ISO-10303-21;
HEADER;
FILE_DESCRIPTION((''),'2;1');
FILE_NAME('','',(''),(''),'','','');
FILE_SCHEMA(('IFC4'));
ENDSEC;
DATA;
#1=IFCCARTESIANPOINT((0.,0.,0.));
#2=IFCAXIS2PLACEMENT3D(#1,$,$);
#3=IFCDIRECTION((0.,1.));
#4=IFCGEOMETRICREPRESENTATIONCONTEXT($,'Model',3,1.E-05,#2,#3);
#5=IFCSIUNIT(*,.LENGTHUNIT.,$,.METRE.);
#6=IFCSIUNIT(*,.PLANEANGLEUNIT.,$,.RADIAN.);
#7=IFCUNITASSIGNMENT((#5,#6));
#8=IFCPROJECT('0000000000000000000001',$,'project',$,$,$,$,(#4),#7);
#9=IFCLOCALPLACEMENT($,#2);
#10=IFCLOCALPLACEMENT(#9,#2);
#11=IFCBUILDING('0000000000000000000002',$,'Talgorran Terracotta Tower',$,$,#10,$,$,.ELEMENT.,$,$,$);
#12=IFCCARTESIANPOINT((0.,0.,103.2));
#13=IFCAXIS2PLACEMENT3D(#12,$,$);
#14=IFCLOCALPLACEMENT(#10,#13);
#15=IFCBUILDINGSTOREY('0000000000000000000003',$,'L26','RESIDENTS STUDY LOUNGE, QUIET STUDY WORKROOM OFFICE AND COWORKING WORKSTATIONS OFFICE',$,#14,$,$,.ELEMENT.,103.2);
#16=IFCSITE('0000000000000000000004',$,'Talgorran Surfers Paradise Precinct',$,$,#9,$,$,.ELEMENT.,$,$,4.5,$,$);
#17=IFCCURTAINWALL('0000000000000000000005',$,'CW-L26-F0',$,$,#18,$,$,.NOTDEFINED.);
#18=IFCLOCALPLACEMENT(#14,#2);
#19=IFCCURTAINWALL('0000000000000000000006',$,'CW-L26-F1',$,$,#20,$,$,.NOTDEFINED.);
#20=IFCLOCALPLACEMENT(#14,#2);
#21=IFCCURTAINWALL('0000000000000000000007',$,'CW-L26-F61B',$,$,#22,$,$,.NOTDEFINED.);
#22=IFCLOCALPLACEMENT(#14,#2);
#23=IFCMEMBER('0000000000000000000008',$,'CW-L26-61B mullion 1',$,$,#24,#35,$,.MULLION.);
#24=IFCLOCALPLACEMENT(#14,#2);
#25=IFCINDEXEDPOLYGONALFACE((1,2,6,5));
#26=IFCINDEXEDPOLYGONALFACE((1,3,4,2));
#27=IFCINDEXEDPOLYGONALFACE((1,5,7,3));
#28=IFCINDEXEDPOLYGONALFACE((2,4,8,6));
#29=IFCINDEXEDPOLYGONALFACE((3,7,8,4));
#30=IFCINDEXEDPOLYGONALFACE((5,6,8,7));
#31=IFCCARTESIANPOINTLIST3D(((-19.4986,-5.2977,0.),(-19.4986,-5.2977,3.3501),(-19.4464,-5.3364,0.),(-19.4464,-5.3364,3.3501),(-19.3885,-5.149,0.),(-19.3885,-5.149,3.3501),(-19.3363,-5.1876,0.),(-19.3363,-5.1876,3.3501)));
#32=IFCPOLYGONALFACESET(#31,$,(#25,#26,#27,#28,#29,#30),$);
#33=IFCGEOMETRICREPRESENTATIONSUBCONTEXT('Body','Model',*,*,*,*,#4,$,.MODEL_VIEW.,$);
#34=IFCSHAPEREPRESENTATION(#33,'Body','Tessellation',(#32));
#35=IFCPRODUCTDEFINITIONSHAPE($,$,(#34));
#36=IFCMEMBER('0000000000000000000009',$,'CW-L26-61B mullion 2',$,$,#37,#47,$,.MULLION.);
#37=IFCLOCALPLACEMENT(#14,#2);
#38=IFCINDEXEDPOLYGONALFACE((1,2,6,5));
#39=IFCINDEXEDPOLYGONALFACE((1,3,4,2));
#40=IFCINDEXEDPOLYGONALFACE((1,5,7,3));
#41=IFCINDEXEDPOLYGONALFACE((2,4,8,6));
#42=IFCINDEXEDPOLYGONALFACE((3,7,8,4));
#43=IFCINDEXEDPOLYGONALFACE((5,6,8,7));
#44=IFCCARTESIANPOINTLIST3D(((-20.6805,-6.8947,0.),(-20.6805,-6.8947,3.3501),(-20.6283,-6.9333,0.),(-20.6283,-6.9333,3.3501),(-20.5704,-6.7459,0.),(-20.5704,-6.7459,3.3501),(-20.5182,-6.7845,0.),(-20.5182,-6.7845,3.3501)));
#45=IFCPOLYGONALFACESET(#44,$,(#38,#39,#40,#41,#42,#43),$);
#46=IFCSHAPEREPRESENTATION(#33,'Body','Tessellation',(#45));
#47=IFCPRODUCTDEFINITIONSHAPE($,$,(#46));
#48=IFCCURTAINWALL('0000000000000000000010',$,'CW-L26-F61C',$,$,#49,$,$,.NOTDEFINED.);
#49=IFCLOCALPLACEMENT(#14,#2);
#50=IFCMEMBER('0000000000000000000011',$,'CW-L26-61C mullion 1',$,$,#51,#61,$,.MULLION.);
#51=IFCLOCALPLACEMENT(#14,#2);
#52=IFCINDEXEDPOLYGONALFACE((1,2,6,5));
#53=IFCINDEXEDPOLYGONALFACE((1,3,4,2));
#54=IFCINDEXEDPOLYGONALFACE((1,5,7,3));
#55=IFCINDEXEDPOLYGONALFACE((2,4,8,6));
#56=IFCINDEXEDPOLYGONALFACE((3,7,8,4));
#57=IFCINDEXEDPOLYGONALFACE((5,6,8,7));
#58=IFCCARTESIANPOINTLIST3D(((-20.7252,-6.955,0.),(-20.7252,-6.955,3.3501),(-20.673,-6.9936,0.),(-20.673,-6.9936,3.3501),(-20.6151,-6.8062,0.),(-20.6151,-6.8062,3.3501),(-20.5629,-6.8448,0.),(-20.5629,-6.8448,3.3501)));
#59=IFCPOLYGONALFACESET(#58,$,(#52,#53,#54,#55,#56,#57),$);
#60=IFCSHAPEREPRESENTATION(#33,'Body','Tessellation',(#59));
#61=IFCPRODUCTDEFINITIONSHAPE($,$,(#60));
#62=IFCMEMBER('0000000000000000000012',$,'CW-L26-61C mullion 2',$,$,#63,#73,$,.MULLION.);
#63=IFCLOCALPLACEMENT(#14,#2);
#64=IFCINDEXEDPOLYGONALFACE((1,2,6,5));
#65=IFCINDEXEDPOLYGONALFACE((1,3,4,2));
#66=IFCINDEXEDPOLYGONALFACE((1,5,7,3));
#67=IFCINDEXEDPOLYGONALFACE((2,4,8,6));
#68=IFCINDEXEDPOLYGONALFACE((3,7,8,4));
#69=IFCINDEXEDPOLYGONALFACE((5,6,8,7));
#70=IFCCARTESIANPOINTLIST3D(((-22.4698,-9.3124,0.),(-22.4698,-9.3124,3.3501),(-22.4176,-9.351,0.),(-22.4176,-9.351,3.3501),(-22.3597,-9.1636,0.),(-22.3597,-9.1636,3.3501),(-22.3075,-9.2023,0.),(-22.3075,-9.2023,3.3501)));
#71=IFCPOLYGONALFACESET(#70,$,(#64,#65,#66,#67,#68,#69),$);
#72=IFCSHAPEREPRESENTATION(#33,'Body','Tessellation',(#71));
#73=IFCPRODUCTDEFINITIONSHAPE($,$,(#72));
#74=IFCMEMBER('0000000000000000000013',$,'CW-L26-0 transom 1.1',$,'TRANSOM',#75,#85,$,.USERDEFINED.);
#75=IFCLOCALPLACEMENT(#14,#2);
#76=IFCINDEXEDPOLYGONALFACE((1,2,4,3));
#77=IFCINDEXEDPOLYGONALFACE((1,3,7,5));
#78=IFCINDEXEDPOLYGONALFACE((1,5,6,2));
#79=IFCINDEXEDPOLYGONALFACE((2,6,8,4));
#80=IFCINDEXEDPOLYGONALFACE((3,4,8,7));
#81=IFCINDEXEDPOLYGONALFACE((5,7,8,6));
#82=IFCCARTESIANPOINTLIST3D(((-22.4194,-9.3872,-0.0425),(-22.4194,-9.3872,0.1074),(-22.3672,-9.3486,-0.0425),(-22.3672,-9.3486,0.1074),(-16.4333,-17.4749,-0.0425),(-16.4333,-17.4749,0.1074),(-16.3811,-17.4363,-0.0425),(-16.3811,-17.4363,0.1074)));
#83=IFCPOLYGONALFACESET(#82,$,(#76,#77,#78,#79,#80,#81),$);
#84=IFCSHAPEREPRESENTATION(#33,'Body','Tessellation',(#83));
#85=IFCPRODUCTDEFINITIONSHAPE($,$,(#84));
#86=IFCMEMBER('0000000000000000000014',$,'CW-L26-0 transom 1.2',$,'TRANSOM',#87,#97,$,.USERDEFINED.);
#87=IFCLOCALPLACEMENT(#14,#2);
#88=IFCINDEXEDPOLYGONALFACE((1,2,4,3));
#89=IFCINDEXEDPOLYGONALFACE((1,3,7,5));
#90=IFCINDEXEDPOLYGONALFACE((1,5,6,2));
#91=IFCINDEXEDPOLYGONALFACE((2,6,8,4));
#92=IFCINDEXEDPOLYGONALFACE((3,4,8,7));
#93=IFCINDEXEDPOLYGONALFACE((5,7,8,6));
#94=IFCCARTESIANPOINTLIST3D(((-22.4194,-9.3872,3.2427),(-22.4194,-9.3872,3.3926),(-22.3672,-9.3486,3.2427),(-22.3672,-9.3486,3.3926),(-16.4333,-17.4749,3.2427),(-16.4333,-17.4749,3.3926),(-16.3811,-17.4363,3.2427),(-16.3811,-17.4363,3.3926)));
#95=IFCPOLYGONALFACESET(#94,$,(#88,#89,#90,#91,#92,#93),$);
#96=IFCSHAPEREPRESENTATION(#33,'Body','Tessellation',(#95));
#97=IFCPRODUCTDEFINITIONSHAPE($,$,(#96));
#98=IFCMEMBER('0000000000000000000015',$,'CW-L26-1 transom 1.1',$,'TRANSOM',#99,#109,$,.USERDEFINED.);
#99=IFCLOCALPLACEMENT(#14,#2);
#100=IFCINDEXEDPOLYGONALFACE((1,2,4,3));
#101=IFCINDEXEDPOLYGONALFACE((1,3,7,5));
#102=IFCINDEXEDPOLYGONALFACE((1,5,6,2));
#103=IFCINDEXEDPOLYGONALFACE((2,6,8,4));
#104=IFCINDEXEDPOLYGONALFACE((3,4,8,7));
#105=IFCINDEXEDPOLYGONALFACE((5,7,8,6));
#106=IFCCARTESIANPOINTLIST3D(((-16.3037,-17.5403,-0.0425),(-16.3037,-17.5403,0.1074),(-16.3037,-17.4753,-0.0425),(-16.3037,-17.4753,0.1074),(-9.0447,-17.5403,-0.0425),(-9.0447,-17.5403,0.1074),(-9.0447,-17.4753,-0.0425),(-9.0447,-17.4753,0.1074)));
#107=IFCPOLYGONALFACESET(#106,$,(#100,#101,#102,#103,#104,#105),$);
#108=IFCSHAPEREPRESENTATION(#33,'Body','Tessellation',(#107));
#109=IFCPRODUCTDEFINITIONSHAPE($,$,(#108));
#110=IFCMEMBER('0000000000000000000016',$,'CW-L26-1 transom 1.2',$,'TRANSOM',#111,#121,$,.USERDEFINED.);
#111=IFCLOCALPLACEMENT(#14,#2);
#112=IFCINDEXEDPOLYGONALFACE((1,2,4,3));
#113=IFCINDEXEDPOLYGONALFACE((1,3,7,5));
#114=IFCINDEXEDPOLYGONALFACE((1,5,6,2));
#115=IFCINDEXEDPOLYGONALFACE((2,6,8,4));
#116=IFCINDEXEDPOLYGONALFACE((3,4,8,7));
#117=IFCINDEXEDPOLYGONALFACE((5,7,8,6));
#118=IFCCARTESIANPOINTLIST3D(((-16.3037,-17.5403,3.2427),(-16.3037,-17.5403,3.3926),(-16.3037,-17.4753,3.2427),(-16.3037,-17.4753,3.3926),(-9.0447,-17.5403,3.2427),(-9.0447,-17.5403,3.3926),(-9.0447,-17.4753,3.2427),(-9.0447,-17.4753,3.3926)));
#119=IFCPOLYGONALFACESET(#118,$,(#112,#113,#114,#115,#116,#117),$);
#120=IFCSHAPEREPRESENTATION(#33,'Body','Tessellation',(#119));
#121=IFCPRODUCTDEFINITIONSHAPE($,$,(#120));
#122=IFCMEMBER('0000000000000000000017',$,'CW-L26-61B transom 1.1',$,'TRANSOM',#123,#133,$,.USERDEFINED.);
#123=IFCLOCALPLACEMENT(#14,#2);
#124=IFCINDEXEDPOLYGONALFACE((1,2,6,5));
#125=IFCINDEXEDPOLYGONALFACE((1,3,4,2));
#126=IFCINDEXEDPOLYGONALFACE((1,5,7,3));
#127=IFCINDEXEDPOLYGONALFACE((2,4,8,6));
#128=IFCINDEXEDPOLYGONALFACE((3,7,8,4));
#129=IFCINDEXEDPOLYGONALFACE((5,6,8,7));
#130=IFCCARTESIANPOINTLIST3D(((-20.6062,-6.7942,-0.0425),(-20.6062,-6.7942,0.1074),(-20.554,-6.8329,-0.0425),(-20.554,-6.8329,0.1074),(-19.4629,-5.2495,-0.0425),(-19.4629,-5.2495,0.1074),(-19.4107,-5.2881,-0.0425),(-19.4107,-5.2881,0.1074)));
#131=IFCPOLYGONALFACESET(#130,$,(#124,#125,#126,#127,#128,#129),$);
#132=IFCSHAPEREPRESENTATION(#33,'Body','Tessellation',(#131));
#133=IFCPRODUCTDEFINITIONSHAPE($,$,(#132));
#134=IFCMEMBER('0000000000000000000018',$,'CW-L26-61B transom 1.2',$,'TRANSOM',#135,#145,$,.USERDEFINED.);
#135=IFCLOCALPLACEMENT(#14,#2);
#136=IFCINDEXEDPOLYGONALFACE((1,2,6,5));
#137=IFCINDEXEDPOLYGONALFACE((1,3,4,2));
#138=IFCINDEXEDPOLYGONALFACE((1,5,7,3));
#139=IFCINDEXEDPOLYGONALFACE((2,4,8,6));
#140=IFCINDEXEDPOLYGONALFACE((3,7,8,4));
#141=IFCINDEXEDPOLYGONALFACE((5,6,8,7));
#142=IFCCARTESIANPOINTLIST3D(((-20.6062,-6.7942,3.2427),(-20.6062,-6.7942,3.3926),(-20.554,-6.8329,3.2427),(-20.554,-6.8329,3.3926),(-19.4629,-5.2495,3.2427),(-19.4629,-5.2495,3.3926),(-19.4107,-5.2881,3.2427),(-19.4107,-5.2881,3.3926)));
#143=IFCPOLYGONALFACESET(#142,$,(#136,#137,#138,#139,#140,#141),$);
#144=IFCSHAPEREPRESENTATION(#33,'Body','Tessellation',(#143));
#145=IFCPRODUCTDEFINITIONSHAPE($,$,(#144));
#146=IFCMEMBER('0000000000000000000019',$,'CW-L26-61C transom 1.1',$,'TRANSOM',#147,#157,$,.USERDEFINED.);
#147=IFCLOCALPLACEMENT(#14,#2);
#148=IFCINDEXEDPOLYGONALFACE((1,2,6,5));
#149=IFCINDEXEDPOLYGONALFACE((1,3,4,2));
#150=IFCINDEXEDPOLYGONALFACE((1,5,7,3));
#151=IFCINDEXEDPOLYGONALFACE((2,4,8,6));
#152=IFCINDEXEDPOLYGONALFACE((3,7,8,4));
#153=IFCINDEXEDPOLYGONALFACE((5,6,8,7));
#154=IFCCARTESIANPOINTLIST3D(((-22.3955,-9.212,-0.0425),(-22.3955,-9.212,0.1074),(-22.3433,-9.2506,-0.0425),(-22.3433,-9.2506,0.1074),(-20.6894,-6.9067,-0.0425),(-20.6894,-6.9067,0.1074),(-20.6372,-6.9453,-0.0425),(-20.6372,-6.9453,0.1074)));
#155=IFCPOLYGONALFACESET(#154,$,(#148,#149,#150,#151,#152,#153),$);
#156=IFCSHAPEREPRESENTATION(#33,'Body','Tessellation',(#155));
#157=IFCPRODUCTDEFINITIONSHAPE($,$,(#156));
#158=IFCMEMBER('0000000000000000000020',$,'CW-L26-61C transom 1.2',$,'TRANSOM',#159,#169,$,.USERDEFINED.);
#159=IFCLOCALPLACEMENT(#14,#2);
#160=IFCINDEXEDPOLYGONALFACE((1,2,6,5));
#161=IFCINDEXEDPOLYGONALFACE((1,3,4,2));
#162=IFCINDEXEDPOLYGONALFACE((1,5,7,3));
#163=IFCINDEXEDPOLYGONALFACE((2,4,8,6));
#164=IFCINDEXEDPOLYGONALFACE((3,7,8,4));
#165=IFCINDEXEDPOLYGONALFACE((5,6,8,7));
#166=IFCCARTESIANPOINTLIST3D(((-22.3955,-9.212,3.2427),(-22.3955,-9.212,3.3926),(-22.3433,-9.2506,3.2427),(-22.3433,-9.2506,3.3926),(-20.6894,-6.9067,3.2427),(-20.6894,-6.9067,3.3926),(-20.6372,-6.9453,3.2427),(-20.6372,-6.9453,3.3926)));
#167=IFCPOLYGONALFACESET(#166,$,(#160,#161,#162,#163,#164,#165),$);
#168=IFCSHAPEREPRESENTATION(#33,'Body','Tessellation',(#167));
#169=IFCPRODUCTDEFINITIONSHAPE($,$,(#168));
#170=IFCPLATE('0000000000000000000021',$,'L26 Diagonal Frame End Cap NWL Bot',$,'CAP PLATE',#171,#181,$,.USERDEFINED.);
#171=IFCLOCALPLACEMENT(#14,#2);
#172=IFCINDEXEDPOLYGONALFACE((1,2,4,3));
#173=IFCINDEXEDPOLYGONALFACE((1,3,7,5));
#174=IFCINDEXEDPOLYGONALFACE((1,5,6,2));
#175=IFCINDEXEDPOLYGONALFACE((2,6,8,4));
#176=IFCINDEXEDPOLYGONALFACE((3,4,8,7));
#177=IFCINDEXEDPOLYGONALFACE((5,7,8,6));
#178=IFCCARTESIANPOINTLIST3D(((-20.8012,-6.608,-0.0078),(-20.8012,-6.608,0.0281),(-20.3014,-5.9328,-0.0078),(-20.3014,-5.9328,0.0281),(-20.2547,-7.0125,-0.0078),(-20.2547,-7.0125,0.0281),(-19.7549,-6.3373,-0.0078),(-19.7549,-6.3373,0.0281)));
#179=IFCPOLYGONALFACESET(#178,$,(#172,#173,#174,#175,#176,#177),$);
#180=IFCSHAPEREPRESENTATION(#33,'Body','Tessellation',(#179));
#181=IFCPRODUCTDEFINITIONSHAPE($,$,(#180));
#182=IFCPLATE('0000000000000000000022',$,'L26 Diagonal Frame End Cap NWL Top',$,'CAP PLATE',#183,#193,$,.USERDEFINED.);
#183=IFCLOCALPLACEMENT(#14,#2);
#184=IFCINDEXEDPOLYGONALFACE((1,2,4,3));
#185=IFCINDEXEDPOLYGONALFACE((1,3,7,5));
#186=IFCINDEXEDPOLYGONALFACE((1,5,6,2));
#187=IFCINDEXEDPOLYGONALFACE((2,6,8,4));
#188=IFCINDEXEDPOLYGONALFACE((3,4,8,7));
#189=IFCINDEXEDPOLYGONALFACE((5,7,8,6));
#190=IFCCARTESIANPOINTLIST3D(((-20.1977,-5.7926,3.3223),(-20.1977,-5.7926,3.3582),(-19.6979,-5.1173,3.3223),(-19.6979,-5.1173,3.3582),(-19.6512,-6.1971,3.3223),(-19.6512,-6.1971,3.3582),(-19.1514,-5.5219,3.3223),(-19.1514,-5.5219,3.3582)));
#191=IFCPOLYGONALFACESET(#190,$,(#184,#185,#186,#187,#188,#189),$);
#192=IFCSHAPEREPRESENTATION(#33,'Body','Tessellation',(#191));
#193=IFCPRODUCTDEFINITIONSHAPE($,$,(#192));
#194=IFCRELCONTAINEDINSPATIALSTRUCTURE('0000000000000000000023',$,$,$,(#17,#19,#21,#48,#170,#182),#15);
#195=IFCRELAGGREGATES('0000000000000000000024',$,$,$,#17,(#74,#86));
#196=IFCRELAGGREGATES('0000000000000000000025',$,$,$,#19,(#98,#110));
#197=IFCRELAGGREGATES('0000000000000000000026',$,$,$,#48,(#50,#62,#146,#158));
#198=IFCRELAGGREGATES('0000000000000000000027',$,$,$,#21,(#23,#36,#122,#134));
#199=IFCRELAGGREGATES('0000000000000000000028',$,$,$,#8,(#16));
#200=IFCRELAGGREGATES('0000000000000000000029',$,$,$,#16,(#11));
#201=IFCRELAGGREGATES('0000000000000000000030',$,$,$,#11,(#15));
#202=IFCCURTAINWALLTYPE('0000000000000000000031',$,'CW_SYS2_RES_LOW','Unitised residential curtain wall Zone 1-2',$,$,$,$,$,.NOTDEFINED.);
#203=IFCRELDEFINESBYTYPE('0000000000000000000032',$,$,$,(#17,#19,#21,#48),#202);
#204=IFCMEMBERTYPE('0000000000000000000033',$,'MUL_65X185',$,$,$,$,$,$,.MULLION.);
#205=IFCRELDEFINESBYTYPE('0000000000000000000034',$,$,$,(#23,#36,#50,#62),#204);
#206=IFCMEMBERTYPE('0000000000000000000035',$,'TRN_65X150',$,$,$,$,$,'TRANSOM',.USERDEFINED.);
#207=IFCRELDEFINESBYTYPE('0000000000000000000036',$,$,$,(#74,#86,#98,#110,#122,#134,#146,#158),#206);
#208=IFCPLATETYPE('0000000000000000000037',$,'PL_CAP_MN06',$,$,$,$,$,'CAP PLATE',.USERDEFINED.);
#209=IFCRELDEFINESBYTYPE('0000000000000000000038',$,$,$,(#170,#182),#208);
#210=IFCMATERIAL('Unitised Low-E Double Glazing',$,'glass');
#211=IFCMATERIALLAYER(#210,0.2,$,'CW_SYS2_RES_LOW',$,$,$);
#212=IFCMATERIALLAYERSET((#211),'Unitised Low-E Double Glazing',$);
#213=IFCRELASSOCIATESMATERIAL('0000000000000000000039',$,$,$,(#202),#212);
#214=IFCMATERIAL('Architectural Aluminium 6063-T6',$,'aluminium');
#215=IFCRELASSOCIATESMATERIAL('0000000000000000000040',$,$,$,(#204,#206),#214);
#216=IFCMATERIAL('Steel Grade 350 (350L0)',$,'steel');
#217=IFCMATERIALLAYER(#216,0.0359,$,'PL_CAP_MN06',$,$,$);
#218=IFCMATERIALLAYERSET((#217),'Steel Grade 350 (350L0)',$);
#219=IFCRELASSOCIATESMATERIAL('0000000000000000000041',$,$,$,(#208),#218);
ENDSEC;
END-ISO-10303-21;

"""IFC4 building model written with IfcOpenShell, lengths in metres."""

from ifc_helpers import new_model, si_unit, direction, frame, origin, origin_2d, place, context, subcontext, project, spatial, rectangle, extrude, material, layer, layer_set, material_profile, profile_set, type_object, element, aggregate, save


model = new_model("IFC4")

# Units and contexts
model_context = context("Model", 3, precision=1e-05, world=origin(), true_north=direction((0.0, 1.0)))
body_context = subcontext(model_context, "Body", "Model", "MODEL_VIEW")
ifc_project = project(units=[si_unit("LENGTHUNIT", "METRE"), si_unit("PLANEANGLEUNIT", "RADIAN")], contexts=[model_context])

# Site, building, storey
site_placement = place(None, origin())
site = spatial("IfcSite", under=ifc_project, at=site_placement, Name="Talgorran Surfers Paradise Precinct", CompositionType="ELEMENT", RefElevation=4.5)
building_placement = place(site_placement, origin())
building = spatial("IfcBuilding", under=site, at=building_placement, Name="Talgorran Terracotta Tower", CompositionType="ELEMENT")
storey_placement = place(building_placement, frame((0.0, 0.0, 103.2)))
storey = spatial("IfcBuildingStorey", under=building, at=storey_placement, Name="L26", Description="RESIDENTS STUDY LOUNGE, QUIET STUDY WORKROOM OFFICE AND COWORKING WORKSTATIONS OFFICE", CompositionType="ELEMENT", Elevation=103.2)

# Shared definitions
ifc_material_1 = material(Name="Steel Grade 350 (350L0)", Category="steel")

# Curtain wall
ifc_material_2 = material(Name="Unitised Low-E Double Glazing", Category="glass")
ifc_layer_1 = layer(ifc_material_2, 0.2, Name="CW_SYS2_RES_LOW")
ifc_layer_set_1 = layer_set([ifc_layer_1], Name="Unitised Low-E Double Glazing")
curtain_wall_type = type_object("IfcCurtainWallType", Name="CW_SYS2_RES_LOW", Description="Unitised residential curtain wall Zone 1-2", PredefinedType="NOTDEFINED", material=ifc_layer_set_1)
curtain_wall_1_placement = place(storey_placement, origin())
curtain_wall_1 = element("IfcCurtainWall", 1, at=curtain_wall_1_placement, inside=storey, type_object=curtain_wall_type, Name="CW-L26-F0", PredefinedType="NOTDEFINED")
ifc_material_3 = material(Name="Architectural Aluminium 6063-T6", Category="aluminium")
ifc_material_profile_1 = material_profile(ifc_material_3, rectangle(XDim=0.0649, YDim=0.1851, at=origin_2d()), Name="CWM65X185")
ifc_profile_set_1 = profile_set([ifc_material_profile_1], Name="Architectural Aluminium 6063-T6")
member_type_1 = type_object("IfcMemberType", Name="MUL_65X185", PredefinedType="MULLION", material=ifc_profile_set_1)

# Curtain wall
curtain_wall_2_placement = place(storey_placement, origin())
curtain_wall_2 = element("IfcCurtainWall", 2, at=curtain_wall_2_placement, inside=storey, type_object=curtain_wall_type, Name="CW-L26-F1", PredefinedType="NOTDEFINED")

# Curtain walls, members
curtain_wall_3_placement = place(storey_placement, origin())
curtain_wall_3 = element("IfcCurtainWall", 3, at=curtain_wall_3_placement, inside=storey, type_object=curtain_wall_type, Name="CW-L26-F61B", PredefinedType="NOTDEFINED")
member_1_placement = place(storey_placement, frame((-19.4175, -5.2427, 0.0), z_axis=(0.0, 0.0, 1.0), x_axis=(0.803791, -0.594912, 0.0)))
member_1 = element("IfcMember", 4, at=member_1_placement, type_object=member_type_1, Name="CW-L26-61B mullion 1", PredefinedType="MULLION", context=body_context, shape_type="SweptSolid", body=[
    extrude(rectangle(XDim=0.0649, YDim=0.1851, at=origin_2d()), origin(), (0.0, 0.0, 1.0), 3.3501),
])
member_2_placement = place(storey_placement, frame((-20.5994, -6.8396, 0.0), z_axis=(0.0, 0.0, 1.0), x_axis=(0.803791, -0.594912, 0.0)))
member_2 = element("IfcMember", 5, at=member_2_placement, type_object=member_type_1, Name="CW-L26-61B mullion 2", PredefinedType="MULLION", context=body_context, shape_type="SweptSolid", body=[
    extrude(rectangle(XDim=0.0649, YDim=0.1851, at=origin_2d()), origin(), (0.0, 0.0, 1.0), 3.3501),
])
curtain_wall_4_placement = place(storey_placement, origin())
curtain_wall_4 = element("IfcCurtainWall", 6, at=curtain_wall_4_placement, inside=storey, type_object=curtain_wall_type, Name="CW-L26-F61C", PredefinedType="NOTDEFINED")
member_3_placement = place(storey_placement, frame((-20.644, -6.8999, 0.0), z_axis=(0.0, 0.0, 1.0), x_axis=(0.803783, -0.594923, 0.0)))
member_3 = element("IfcMember", 7, at=member_3_placement, type_object=member_type_1, Name="CW-L26-61C mullion 1", PredefinedType="MULLION", context=body_context, shape_type="SweptSolid", body=[
    extrude(rectangle(XDim=0.0649, YDim=0.1851, at=origin_2d()), origin(), (0.0, 0.0, 1.0), 3.3501),
])
member_4_placement = place(storey_placement, frame((-22.3887, -9.2573, 0.0), z_axis=(0.0, 0.0, 1.0), x_axis=(0.803783, -0.594923, 0.0)))
member_4 = element("IfcMember", 8, at=member_4_placement, type_object=member_type_1, Name="CW-L26-61C mullion 2", PredefinedType="MULLION", context=body_context, shape_type="SweptSolid", body=[
    extrude(rectangle(XDim=0.0649, YDim=0.1851, at=origin_2d()), origin(), (0.0, 0.0, 1.0), 3.3501),
])

# Members
ifc_material_profile_2 = material_profile(ifc_material_3, rectangle(XDim=0.0649, YDim=0.1499, at=origin_2d()), Name="CWT65X150")
ifc_profile_set_2 = profile_set([ifc_material_profile_2], Name="Architectural Aluminium 6063-T6")
member_type_2 = type_object("IfcMemberType", Name="TRN_65X150", ElementType="TRANSOM", PredefinedType="USERDEFINED", material=ifc_profile_set_2)
member_5_placement = place(storey_placement, frame((-22.3933, -9.3679, 0.0325), z_axis=(0.594922, -0.803784, 0.0), x_axis=(0.803784, 0.594922, 0.0)))
member_5 = element("IfcMember", 9, at=member_5_placement, type_object=member_type_2, Name="CW-L26-0 transom 1.1", ObjectType="TRANSOM", PredefinedType="USERDEFINED", context=body_context, shape_type="SweptSolid", body=[
    extrude(rectangle(XDim=0.0649, YDim=0.1499, at=origin_2d()), origin(), (0.0, 0.0, 1.0), 10.062),
])
member_6_placement = place(storey_placement, frame((-22.3933, -9.3679, 3.3176), z_axis=(0.594922, -0.803784, 0.0), x_axis=(0.803784, 0.594922, 0.0)))
member_6 = element("IfcMember", 10, at=member_6_placement, type_object=member_type_2, Name="CW-L26-0 transom 1.2", ObjectType="TRANSOM", PredefinedType="USERDEFINED", context=body_context, shape_type="SweptSolid", body=[
    extrude(rectangle(XDim=0.0649, YDim=0.1499, at=origin_2d()), origin(), (0.0, 0.0, 1.0), 10.062),
])
member_7_placement = place(storey_placement, frame((-16.3037, -17.5078, 0.0325), z_axis=(1.0, 0.0, 0.0), x_axis=(0.0, 1.0, 0.0)))
member_7 = element("IfcMember", 11, at=member_7_placement, type_object=member_type_2, Name="CW-L26-1 transom 1.1", ObjectType="TRANSOM", PredefinedType="USERDEFINED", context=body_context, shape_type="SweptSolid", body=[
    extrude(rectangle(XDim=0.0649, YDim=0.1499, at=origin_2d()), origin(), (0.0, 0.0, 1.0), 7.259),
])
member_8_placement = place(storey_placement, frame((-16.3037, -17.5078, 3.3176), z_axis=(1.0, 0.0, 0.0), x_axis=(0.0, 1.0, 0.0)))
member_8 = element("IfcMember", 12, at=member_8_placement, type_object=member_type_2, Name="CW-L26-1 transom 1.2", ObjectType="TRANSOM", PredefinedType="USERDEFINED", context=body_context, shape_type="SweptSolid", body=[
    extrude(rectangle(XDim=0.0649, YDim=0.1499, at=origin_2d()), origin(), (0.0, 0.0, 1.0), 7.259),
])
member_9_placement = place(storey_placement, frame((-19.4368, -5.2688, 0.0325), z_axis=(-0.594927, -0.80378, 0.0), x_axis=(0.80378, -0.594927, 0.0)))
member_9 = element("IfcMember", 13, at=member_9_placement, type_object=member_type_2, Name="CW-L26-61B transom 1.1", ObjectType="TRANSOM", PredefinedType="USERDEFINED", context=body_context, shape_type="SweptSolid", body=[
    extrude(rectangle(XDim=0.0649, YDim=0.1499, at=origin_2d()), origin(), (0.0, 0.0, 1.0), 1.9219),
])
member_10_placement = place(storey_placement, frame((-19.4368, -5.2688, 3.3176), z_axis=(-0.594927, -0.80378, 0.0), x_axis=(0.80378, -0.594927, 0.0)))
member_10 = element("IfcMember", 14, at=member_10_placement, type_object=member_type_2, Name="CW-L26-61B transom 1.2", ObjectType="TRANSOM", PredefinedType="USERDEFINED", context=body_context, shape_type="SweptSolid", body=[
    extrude(rectangle(XDim=0.0649, YDim=0.1499, at=origin_2d()), origin(), (0.0, 0.0, 1.0), 1.9219),
])
member_11_placement = place(storey_placement, frame((-20.6633, -6.926, 0.0325), z_axis=(-0.594894, -0.803804, 0.0), x_axis=(0.803804, -0.594894, 0.0)))
member_11 = element("IfcMember", 15, at=member_11_placement, type_object=member_type_2, Name="CW-L26-61C transom 1.1", ObjectType="TRANSOM", PredefinedType="USERDEFINED", context=body_context, shape_type="SweptSolid", body=[
    extrude(rectangle(XDim=0.0649, YDim=0.1499, at=origin_2d()), origin(), (0.0, 0.0, 1.0), 2.8679),
])
member_12_placement = place(storey_placement, frame((-20.6633, -6.926, 3.3176), z_axis=(-0.594894, -0.803804, 0.0), x_axis=(0.803804, -0.594894, 0.0)))
member_12 = element("IfcMember", 16, at=member_12_placement, type_object=member_type_2, Name="CW-L26-61C transom 1.2", ObjectType="TRANSOM", PredefinedType="USERDEFINED", context=body_context, shape_type="SweptSolid", body=[
    extrude(rectangle(XDim=0.0649, YDim=0.1499, at=origin_2d()), origin(), (0.0, 0.0, 1.0), 2.8679),
])

# Plates
ifc_layer_2 = layer(ifc_material_1, 0.0359, Name="PL_CAP_MN06")
ifc_layer_set_2 = layer_set([ifc_layer_2], Name="Steel Grade 350 (350L0)")
plate_type_1 = type_object("IfcPlateType", Name="PL_CAP_MN06", ElementType="CAP PLATE", PredefinedType="USERDEFINED", material=ifc_layer_set_2)
for number, where, z_axis, x_axis, name in (
    (17, (-20.2781, -6.4727, -0.0078), (0.0, 0.0, 1.0), (0.594963, 0.803753, 0.0), "L26 Diagonal Frame End Cap NWL Bot"),
    (18, (-19.6746, -5.6572, 3.3223), (0.0, 0.0, 1.0), (0.594963, 0.803753, 0.0), "L26 Diagonal Frame End Cap NWL Top"),
):
    element("IfcPlate", number, at=place(storey_placement, frame(where, z_axis=z_axis, x_axis=x_axis)), inside=storey, type_object=plate_type_1, Name=name, ObjectType="CAP PLATE", PredefinedType="USERDEFINED", context=body_context, shape_type="SweptSolid", body=[
        extrude(rectangle(XDim=0.8401, YDim=0.6799, at=origin_2d()), origin(), (0.0, 0.0, 1.0), 0.0359),
    ])

aggregate(curtain_wall_1, [member_5, member_6])
aggregate(curtain_wall_2, [member_7, member_8])
aggregate(curtain_wall_4, [member_3, member_4, member_11, member_12])
aggregate(curtain_wall_3, [member_1, member_2, member_9, member_10])

save(model, "model.ifc")
